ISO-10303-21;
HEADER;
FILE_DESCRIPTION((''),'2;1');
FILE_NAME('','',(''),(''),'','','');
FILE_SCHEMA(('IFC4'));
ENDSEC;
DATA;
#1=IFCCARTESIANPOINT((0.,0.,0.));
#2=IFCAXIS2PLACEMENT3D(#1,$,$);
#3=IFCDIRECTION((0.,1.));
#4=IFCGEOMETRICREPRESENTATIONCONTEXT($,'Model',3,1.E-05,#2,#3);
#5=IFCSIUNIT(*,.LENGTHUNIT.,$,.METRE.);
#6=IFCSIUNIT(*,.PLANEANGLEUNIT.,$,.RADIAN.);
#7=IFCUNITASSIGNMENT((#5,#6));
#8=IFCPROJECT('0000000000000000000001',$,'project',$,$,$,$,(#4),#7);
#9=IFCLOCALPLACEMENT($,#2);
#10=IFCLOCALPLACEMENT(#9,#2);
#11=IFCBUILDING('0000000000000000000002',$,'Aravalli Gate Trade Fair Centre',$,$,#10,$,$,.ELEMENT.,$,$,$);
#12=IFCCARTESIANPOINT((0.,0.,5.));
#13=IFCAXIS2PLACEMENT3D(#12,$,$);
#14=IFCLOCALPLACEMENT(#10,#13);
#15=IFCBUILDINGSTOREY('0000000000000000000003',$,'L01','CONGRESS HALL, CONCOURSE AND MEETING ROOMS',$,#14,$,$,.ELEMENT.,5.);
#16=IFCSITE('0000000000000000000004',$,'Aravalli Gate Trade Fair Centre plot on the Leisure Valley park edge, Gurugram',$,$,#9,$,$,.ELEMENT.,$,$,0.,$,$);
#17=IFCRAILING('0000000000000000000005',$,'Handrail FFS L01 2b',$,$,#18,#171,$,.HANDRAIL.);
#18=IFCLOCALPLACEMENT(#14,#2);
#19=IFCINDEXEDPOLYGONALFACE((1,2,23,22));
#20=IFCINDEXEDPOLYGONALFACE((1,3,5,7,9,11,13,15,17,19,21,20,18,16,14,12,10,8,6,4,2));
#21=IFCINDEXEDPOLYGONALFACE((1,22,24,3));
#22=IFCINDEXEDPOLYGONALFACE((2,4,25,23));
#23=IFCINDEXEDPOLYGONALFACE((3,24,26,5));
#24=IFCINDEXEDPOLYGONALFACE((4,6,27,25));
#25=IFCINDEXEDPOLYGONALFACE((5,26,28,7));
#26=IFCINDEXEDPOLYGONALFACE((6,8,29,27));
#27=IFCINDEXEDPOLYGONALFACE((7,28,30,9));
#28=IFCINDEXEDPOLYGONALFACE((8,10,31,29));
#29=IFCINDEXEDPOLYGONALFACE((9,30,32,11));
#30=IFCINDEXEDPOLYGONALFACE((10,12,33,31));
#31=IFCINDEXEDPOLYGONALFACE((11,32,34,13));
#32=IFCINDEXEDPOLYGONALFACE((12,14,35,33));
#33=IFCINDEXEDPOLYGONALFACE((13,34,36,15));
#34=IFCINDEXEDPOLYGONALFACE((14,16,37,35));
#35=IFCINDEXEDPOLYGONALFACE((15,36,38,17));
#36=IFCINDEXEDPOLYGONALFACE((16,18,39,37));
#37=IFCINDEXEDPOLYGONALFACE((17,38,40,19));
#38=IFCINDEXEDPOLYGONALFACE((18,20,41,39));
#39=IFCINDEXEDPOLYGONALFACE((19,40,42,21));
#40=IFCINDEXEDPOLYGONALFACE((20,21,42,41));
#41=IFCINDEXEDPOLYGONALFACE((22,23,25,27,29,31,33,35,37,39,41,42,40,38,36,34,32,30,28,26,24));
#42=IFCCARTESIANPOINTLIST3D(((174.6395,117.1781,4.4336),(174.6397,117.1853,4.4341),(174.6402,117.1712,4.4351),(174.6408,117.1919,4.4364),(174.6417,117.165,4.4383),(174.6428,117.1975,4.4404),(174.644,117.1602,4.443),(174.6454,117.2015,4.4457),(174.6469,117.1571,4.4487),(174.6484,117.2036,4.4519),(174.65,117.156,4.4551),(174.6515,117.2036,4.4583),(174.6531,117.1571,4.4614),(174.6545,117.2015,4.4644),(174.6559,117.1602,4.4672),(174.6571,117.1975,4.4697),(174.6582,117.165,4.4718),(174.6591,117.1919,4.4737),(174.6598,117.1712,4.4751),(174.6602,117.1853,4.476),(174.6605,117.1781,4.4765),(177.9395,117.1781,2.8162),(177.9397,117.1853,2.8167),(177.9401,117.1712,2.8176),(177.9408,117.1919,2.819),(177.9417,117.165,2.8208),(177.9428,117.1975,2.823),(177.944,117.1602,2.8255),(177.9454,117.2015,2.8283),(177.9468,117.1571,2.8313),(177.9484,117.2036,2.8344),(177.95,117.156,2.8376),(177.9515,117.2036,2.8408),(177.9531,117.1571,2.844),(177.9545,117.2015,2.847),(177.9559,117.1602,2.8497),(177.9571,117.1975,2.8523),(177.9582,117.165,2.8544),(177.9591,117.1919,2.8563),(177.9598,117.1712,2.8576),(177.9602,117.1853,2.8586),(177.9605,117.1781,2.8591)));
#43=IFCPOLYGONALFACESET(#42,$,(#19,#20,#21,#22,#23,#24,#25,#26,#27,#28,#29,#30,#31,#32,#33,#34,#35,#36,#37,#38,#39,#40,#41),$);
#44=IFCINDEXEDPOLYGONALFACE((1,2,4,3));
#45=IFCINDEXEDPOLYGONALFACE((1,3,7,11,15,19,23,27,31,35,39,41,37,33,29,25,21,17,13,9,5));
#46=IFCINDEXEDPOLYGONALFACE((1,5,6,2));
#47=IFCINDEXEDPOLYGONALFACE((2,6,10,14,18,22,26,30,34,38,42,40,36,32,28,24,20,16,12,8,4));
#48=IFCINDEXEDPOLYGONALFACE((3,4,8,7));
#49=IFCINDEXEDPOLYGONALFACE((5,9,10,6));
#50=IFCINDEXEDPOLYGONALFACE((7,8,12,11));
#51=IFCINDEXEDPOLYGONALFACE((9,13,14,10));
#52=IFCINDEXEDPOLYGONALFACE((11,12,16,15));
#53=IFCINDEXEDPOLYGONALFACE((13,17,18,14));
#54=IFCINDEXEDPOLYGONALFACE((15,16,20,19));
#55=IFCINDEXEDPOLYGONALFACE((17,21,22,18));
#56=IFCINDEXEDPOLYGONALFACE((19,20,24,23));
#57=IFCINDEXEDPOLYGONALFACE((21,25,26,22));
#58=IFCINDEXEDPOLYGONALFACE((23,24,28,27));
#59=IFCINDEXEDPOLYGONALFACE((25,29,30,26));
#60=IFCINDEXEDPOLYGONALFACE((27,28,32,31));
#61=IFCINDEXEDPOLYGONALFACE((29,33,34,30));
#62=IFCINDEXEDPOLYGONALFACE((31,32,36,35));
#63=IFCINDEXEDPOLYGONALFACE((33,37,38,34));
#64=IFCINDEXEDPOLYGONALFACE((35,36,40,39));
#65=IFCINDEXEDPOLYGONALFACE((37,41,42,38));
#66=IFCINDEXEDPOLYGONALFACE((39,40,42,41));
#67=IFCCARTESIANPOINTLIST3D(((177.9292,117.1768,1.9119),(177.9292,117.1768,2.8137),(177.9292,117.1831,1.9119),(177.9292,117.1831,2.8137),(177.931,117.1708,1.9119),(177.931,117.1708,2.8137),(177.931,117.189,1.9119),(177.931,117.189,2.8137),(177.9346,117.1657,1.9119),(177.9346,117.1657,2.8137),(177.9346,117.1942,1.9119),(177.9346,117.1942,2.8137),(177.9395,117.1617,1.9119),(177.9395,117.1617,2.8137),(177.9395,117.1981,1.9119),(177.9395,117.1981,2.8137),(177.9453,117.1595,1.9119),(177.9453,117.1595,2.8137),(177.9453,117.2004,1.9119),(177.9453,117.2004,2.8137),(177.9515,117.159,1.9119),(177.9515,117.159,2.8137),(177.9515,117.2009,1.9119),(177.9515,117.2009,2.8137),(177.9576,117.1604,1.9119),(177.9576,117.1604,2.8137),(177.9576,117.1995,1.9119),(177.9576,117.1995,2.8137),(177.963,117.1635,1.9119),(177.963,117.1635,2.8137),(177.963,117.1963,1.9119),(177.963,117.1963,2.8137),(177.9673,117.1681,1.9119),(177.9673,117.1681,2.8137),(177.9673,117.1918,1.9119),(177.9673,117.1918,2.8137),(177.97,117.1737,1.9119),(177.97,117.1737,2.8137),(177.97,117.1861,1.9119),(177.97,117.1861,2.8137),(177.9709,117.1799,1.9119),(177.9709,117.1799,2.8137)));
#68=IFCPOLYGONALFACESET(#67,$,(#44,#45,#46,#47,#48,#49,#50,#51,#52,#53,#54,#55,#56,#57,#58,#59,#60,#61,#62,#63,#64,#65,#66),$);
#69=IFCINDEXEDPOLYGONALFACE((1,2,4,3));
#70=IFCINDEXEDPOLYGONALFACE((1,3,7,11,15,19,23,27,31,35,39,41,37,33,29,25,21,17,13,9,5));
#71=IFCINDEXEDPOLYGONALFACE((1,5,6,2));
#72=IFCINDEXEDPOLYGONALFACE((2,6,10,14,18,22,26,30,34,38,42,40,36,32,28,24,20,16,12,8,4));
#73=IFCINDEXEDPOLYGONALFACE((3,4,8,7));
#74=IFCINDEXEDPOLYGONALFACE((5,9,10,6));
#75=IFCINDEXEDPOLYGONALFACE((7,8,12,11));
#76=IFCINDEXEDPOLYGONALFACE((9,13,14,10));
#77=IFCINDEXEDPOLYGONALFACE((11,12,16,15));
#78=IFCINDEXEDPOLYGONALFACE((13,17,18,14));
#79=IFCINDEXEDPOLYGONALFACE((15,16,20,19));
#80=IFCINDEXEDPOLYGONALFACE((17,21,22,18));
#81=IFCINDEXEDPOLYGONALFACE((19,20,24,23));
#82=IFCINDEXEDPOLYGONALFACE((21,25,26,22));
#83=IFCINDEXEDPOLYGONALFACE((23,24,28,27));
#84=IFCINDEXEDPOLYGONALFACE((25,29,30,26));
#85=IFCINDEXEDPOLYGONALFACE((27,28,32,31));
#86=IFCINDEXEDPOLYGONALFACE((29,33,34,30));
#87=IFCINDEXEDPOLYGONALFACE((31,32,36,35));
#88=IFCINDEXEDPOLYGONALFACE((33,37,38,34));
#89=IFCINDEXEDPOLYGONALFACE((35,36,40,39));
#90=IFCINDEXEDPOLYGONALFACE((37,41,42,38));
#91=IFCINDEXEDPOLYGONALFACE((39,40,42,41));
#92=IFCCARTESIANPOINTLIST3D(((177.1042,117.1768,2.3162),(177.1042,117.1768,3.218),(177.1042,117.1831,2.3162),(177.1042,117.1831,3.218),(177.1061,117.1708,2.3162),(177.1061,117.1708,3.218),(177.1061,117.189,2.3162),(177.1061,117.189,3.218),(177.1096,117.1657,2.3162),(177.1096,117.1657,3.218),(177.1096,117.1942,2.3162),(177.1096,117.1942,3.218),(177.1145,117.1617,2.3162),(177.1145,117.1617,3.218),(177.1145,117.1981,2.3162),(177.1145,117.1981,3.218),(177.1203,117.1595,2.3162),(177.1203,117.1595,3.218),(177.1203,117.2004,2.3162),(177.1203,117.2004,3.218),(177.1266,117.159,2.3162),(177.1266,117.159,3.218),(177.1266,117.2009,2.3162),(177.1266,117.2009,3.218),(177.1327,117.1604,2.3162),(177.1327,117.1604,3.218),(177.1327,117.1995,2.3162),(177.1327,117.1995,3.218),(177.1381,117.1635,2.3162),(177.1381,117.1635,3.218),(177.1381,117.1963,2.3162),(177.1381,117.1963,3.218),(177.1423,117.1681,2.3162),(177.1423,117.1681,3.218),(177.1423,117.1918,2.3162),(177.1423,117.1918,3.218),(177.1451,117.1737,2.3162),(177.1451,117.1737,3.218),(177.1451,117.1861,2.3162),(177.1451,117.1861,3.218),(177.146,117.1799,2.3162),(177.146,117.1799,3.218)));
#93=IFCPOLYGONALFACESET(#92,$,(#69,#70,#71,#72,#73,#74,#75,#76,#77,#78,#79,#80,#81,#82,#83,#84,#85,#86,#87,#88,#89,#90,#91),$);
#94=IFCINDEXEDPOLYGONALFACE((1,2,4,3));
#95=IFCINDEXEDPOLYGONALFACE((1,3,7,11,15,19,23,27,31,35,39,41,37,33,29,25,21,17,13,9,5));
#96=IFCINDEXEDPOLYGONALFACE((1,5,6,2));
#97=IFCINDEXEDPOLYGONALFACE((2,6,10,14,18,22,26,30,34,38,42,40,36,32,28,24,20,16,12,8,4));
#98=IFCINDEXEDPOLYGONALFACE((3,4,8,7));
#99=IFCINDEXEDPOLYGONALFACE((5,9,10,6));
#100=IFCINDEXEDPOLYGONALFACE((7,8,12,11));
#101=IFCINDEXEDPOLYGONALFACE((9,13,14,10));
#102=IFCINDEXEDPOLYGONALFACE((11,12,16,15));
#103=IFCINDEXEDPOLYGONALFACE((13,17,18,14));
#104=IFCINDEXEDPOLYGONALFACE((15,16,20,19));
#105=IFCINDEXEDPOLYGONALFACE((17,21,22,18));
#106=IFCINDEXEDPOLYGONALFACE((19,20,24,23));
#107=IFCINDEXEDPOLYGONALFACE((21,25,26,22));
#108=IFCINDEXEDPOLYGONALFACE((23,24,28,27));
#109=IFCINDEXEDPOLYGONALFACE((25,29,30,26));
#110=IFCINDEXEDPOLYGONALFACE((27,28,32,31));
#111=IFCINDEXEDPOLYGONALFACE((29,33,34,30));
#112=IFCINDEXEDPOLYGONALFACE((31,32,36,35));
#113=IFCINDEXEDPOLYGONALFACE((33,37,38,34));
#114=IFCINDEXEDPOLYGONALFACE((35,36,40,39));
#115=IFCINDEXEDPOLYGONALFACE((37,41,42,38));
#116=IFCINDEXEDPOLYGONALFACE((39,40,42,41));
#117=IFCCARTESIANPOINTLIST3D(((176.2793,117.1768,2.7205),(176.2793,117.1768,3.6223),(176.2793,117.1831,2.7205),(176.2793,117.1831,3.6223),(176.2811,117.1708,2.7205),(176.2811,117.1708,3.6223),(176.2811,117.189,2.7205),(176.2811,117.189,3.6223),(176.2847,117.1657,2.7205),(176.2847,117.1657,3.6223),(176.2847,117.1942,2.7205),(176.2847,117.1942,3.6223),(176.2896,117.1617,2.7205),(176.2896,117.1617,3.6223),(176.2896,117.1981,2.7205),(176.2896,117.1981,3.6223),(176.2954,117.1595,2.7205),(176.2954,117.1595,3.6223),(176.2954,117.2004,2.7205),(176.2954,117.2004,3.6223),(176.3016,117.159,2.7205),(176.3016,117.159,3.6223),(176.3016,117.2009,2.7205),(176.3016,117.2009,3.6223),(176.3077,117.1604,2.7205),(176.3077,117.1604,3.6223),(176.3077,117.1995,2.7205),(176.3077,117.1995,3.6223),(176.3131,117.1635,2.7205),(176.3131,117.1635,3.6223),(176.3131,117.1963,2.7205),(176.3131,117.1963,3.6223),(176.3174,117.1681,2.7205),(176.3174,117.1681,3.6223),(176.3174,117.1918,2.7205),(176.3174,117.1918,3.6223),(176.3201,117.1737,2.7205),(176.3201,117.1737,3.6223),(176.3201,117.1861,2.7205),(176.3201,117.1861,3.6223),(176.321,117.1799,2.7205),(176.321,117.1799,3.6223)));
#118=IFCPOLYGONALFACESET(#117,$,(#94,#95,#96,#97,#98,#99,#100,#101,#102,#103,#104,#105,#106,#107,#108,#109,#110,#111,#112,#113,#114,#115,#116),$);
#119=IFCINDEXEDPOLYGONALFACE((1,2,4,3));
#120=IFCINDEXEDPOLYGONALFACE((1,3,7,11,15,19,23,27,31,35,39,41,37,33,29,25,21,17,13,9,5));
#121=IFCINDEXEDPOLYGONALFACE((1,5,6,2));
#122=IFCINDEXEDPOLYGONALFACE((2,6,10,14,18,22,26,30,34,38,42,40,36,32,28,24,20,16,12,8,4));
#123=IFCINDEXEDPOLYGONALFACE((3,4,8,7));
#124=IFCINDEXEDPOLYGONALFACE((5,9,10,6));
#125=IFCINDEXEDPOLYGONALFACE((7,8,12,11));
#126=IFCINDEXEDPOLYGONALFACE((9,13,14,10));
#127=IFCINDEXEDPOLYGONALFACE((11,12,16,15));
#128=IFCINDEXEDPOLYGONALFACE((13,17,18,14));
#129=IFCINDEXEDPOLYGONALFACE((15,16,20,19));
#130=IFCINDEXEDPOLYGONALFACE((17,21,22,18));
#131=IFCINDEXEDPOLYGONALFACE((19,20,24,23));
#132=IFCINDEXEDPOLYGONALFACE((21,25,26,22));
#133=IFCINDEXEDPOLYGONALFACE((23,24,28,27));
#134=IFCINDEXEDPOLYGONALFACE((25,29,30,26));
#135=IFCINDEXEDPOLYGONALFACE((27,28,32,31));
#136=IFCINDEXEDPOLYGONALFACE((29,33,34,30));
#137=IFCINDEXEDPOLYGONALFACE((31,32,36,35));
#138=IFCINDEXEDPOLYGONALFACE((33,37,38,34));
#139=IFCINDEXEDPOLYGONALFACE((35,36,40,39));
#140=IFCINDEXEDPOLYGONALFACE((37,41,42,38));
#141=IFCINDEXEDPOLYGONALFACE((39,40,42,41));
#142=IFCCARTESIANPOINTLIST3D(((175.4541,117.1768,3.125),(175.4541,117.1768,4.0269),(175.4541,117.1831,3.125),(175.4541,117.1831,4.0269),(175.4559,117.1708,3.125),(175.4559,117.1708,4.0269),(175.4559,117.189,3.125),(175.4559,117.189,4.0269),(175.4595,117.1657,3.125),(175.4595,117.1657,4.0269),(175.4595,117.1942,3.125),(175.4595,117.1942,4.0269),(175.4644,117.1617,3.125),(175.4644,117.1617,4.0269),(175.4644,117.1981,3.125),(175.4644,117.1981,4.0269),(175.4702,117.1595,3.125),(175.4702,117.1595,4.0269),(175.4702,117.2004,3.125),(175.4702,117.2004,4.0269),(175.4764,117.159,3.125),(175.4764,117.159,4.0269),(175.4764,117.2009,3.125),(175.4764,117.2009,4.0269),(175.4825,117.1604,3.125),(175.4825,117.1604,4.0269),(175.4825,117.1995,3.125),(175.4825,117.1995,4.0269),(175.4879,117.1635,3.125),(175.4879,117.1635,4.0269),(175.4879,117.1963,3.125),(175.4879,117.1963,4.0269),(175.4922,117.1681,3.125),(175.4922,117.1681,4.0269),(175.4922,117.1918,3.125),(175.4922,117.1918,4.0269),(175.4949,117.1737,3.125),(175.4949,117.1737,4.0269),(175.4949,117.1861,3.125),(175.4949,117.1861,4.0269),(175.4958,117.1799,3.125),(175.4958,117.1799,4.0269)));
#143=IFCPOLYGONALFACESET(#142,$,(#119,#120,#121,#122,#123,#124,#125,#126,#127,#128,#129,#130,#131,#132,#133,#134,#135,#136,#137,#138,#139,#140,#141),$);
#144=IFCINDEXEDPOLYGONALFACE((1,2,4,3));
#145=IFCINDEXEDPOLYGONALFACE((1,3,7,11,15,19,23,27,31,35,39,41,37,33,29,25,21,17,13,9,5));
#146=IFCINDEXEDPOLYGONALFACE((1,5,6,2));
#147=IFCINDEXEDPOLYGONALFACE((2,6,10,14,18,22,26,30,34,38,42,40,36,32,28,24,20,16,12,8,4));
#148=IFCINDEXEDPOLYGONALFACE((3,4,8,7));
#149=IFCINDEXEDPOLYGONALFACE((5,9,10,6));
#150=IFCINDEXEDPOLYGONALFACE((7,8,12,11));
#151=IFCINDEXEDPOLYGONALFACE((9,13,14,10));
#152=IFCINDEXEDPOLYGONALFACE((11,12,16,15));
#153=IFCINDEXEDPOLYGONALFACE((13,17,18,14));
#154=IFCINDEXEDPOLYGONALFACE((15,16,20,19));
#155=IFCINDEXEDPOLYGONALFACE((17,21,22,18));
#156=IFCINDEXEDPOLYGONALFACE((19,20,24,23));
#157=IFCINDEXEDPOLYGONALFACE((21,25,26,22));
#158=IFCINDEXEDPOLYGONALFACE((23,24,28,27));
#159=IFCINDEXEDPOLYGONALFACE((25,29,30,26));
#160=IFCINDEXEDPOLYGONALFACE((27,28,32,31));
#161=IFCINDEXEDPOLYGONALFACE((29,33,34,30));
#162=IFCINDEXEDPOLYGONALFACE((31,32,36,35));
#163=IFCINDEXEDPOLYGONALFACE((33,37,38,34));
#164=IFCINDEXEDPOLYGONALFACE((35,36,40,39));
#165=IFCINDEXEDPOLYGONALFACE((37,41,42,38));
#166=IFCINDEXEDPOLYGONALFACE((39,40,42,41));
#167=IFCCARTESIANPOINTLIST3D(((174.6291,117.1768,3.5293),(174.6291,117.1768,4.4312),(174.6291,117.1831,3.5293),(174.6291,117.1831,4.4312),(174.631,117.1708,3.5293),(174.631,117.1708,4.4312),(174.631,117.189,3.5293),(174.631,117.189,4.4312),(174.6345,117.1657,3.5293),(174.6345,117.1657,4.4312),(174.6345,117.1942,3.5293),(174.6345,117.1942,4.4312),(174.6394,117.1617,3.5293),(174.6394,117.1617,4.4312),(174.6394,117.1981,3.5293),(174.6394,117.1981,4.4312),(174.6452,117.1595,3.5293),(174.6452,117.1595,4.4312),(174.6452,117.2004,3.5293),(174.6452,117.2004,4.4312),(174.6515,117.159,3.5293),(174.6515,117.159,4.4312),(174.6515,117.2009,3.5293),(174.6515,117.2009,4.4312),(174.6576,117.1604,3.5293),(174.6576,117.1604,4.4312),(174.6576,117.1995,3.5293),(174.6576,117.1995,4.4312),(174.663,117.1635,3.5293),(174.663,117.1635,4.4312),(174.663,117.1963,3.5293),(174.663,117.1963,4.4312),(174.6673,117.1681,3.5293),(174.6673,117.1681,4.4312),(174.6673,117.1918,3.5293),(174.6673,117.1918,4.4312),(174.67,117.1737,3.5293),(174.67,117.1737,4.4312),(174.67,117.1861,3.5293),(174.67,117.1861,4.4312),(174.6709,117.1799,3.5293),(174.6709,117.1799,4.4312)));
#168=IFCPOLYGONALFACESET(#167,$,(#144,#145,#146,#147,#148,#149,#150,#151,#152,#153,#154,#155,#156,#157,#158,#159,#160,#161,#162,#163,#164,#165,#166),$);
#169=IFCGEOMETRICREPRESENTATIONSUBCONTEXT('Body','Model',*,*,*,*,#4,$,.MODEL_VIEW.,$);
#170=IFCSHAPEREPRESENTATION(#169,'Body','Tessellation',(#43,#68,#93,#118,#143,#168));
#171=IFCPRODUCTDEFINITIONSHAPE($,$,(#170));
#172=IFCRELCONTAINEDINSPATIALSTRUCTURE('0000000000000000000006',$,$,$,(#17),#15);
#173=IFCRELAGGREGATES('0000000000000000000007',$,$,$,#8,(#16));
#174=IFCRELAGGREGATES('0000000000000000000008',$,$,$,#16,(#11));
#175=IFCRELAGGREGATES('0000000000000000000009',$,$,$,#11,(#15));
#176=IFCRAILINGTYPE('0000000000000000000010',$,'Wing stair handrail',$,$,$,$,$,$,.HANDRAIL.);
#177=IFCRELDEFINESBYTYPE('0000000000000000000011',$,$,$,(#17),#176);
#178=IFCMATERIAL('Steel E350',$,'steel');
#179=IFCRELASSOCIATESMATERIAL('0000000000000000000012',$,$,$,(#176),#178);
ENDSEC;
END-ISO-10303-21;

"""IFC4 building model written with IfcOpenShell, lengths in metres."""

from ifc_helpers import new_model, si_unit, direction, frame, origin, origin_2d, place, context, subcontext, project, spatial, circle, extrude, material, type_object, element, save


model = new_model("IFC4")

# Units and contexts
model_context = context("Model", 3, precision=1e-05, world=origin(), true_north=direction((0.0, 1.0)))
body_context = subcontext(model_context, "Body", "Model", "MODEL_VIEW")
ifc_project = project(units=[si_unit("LENGTHUNIT", "METRE"), si_unit("PLANEANGLEUNIT", "RADIAN")], contexts=[model_context])

# Site, building, storey
site_placement = place(None, origin())
site = spatial("IfcSite", under=ifc_project, at=site_placement, Name="Aravalli Gate Trade Fair Centre plot on the Leisure Valley park edge, Gurugram", CompositionType="ELEMENT", RefElevation=0.0)
building_placement = place(site_placement, origin())
building = spatial("IfcBuilding", under=site, at=building_placement, Name="Aravalli Gate Trade Fair Centre", CompositionType="ELEMENT")
storey_placement = place(building_placement, frame((0.0, 0.0, 5.0)))
storey = spatial("IfcBuildingStorey", under=building, at=storey_placement, Name="L01", Description="CONGRESS HALL, CONCOURSE AND MEETING ROOMS", CompositionType="ELEMENT", Elevation=5.0)

# Shared definitions
ifc_material_1 = material(Name="Steel E350", Category="steel")

# Railing
railing_type_1 = type_object("IfcRailingType", Name="Wing stair handrail", PredefinedType="HANDRAIL", material=ifc_material_1)
for number, where, name in (
    (1, (177.95, 117.1799, 1.9119), "Handrail FFS L01 2b"),
):
    element("IfcRailing", number, at=place(storey_placement, frame(where)), inside=storey, type_object=railing_type_1, Name=name, PredefinedType="HANDRAIL", context=body_context, shape_type="SweptSolid", body=[
        extrude(circle(Radius=0.0239, at=origin_2d()), frame((0.0, 0.0, 0.9258), z_axis=(-0.897946, 0.0, 0.440105), x_axis=(0.0, -1.0, 0.0)), (0.0, 0.0, 1.0), 3.675),
        extrude(circle(Radius=0.021, at=origin_2d()), origin(), (0.0, 0.0, 1.0), 0.9019),
        extrude(circle(Radius=0.021, at=origin_2d()), frame((-0.825, 0.0, 0.4043)), (0.0, 0.0, 1.0), 0.9019),
        extrude(circle(Radius=0.021, at=origin_2d()), frame((-1.6499, 0.0, 0.8086)), (0.0, 0.0, 1.0), 0.9019),
        extrude(circle(Radius=0.021, at=origin_2d()), frame((-2.4751, 0.0, 1.2131)), (0.0, 0.0, 1.0), 0.9019),
        extrude(circle(Radius=0.021, at=origin_2d()), frame((-3.3, 0.0, 1.6174)), (0.0, 0.0, 1.0), 0.9019),
    ])

save(model, "model.ifc")
